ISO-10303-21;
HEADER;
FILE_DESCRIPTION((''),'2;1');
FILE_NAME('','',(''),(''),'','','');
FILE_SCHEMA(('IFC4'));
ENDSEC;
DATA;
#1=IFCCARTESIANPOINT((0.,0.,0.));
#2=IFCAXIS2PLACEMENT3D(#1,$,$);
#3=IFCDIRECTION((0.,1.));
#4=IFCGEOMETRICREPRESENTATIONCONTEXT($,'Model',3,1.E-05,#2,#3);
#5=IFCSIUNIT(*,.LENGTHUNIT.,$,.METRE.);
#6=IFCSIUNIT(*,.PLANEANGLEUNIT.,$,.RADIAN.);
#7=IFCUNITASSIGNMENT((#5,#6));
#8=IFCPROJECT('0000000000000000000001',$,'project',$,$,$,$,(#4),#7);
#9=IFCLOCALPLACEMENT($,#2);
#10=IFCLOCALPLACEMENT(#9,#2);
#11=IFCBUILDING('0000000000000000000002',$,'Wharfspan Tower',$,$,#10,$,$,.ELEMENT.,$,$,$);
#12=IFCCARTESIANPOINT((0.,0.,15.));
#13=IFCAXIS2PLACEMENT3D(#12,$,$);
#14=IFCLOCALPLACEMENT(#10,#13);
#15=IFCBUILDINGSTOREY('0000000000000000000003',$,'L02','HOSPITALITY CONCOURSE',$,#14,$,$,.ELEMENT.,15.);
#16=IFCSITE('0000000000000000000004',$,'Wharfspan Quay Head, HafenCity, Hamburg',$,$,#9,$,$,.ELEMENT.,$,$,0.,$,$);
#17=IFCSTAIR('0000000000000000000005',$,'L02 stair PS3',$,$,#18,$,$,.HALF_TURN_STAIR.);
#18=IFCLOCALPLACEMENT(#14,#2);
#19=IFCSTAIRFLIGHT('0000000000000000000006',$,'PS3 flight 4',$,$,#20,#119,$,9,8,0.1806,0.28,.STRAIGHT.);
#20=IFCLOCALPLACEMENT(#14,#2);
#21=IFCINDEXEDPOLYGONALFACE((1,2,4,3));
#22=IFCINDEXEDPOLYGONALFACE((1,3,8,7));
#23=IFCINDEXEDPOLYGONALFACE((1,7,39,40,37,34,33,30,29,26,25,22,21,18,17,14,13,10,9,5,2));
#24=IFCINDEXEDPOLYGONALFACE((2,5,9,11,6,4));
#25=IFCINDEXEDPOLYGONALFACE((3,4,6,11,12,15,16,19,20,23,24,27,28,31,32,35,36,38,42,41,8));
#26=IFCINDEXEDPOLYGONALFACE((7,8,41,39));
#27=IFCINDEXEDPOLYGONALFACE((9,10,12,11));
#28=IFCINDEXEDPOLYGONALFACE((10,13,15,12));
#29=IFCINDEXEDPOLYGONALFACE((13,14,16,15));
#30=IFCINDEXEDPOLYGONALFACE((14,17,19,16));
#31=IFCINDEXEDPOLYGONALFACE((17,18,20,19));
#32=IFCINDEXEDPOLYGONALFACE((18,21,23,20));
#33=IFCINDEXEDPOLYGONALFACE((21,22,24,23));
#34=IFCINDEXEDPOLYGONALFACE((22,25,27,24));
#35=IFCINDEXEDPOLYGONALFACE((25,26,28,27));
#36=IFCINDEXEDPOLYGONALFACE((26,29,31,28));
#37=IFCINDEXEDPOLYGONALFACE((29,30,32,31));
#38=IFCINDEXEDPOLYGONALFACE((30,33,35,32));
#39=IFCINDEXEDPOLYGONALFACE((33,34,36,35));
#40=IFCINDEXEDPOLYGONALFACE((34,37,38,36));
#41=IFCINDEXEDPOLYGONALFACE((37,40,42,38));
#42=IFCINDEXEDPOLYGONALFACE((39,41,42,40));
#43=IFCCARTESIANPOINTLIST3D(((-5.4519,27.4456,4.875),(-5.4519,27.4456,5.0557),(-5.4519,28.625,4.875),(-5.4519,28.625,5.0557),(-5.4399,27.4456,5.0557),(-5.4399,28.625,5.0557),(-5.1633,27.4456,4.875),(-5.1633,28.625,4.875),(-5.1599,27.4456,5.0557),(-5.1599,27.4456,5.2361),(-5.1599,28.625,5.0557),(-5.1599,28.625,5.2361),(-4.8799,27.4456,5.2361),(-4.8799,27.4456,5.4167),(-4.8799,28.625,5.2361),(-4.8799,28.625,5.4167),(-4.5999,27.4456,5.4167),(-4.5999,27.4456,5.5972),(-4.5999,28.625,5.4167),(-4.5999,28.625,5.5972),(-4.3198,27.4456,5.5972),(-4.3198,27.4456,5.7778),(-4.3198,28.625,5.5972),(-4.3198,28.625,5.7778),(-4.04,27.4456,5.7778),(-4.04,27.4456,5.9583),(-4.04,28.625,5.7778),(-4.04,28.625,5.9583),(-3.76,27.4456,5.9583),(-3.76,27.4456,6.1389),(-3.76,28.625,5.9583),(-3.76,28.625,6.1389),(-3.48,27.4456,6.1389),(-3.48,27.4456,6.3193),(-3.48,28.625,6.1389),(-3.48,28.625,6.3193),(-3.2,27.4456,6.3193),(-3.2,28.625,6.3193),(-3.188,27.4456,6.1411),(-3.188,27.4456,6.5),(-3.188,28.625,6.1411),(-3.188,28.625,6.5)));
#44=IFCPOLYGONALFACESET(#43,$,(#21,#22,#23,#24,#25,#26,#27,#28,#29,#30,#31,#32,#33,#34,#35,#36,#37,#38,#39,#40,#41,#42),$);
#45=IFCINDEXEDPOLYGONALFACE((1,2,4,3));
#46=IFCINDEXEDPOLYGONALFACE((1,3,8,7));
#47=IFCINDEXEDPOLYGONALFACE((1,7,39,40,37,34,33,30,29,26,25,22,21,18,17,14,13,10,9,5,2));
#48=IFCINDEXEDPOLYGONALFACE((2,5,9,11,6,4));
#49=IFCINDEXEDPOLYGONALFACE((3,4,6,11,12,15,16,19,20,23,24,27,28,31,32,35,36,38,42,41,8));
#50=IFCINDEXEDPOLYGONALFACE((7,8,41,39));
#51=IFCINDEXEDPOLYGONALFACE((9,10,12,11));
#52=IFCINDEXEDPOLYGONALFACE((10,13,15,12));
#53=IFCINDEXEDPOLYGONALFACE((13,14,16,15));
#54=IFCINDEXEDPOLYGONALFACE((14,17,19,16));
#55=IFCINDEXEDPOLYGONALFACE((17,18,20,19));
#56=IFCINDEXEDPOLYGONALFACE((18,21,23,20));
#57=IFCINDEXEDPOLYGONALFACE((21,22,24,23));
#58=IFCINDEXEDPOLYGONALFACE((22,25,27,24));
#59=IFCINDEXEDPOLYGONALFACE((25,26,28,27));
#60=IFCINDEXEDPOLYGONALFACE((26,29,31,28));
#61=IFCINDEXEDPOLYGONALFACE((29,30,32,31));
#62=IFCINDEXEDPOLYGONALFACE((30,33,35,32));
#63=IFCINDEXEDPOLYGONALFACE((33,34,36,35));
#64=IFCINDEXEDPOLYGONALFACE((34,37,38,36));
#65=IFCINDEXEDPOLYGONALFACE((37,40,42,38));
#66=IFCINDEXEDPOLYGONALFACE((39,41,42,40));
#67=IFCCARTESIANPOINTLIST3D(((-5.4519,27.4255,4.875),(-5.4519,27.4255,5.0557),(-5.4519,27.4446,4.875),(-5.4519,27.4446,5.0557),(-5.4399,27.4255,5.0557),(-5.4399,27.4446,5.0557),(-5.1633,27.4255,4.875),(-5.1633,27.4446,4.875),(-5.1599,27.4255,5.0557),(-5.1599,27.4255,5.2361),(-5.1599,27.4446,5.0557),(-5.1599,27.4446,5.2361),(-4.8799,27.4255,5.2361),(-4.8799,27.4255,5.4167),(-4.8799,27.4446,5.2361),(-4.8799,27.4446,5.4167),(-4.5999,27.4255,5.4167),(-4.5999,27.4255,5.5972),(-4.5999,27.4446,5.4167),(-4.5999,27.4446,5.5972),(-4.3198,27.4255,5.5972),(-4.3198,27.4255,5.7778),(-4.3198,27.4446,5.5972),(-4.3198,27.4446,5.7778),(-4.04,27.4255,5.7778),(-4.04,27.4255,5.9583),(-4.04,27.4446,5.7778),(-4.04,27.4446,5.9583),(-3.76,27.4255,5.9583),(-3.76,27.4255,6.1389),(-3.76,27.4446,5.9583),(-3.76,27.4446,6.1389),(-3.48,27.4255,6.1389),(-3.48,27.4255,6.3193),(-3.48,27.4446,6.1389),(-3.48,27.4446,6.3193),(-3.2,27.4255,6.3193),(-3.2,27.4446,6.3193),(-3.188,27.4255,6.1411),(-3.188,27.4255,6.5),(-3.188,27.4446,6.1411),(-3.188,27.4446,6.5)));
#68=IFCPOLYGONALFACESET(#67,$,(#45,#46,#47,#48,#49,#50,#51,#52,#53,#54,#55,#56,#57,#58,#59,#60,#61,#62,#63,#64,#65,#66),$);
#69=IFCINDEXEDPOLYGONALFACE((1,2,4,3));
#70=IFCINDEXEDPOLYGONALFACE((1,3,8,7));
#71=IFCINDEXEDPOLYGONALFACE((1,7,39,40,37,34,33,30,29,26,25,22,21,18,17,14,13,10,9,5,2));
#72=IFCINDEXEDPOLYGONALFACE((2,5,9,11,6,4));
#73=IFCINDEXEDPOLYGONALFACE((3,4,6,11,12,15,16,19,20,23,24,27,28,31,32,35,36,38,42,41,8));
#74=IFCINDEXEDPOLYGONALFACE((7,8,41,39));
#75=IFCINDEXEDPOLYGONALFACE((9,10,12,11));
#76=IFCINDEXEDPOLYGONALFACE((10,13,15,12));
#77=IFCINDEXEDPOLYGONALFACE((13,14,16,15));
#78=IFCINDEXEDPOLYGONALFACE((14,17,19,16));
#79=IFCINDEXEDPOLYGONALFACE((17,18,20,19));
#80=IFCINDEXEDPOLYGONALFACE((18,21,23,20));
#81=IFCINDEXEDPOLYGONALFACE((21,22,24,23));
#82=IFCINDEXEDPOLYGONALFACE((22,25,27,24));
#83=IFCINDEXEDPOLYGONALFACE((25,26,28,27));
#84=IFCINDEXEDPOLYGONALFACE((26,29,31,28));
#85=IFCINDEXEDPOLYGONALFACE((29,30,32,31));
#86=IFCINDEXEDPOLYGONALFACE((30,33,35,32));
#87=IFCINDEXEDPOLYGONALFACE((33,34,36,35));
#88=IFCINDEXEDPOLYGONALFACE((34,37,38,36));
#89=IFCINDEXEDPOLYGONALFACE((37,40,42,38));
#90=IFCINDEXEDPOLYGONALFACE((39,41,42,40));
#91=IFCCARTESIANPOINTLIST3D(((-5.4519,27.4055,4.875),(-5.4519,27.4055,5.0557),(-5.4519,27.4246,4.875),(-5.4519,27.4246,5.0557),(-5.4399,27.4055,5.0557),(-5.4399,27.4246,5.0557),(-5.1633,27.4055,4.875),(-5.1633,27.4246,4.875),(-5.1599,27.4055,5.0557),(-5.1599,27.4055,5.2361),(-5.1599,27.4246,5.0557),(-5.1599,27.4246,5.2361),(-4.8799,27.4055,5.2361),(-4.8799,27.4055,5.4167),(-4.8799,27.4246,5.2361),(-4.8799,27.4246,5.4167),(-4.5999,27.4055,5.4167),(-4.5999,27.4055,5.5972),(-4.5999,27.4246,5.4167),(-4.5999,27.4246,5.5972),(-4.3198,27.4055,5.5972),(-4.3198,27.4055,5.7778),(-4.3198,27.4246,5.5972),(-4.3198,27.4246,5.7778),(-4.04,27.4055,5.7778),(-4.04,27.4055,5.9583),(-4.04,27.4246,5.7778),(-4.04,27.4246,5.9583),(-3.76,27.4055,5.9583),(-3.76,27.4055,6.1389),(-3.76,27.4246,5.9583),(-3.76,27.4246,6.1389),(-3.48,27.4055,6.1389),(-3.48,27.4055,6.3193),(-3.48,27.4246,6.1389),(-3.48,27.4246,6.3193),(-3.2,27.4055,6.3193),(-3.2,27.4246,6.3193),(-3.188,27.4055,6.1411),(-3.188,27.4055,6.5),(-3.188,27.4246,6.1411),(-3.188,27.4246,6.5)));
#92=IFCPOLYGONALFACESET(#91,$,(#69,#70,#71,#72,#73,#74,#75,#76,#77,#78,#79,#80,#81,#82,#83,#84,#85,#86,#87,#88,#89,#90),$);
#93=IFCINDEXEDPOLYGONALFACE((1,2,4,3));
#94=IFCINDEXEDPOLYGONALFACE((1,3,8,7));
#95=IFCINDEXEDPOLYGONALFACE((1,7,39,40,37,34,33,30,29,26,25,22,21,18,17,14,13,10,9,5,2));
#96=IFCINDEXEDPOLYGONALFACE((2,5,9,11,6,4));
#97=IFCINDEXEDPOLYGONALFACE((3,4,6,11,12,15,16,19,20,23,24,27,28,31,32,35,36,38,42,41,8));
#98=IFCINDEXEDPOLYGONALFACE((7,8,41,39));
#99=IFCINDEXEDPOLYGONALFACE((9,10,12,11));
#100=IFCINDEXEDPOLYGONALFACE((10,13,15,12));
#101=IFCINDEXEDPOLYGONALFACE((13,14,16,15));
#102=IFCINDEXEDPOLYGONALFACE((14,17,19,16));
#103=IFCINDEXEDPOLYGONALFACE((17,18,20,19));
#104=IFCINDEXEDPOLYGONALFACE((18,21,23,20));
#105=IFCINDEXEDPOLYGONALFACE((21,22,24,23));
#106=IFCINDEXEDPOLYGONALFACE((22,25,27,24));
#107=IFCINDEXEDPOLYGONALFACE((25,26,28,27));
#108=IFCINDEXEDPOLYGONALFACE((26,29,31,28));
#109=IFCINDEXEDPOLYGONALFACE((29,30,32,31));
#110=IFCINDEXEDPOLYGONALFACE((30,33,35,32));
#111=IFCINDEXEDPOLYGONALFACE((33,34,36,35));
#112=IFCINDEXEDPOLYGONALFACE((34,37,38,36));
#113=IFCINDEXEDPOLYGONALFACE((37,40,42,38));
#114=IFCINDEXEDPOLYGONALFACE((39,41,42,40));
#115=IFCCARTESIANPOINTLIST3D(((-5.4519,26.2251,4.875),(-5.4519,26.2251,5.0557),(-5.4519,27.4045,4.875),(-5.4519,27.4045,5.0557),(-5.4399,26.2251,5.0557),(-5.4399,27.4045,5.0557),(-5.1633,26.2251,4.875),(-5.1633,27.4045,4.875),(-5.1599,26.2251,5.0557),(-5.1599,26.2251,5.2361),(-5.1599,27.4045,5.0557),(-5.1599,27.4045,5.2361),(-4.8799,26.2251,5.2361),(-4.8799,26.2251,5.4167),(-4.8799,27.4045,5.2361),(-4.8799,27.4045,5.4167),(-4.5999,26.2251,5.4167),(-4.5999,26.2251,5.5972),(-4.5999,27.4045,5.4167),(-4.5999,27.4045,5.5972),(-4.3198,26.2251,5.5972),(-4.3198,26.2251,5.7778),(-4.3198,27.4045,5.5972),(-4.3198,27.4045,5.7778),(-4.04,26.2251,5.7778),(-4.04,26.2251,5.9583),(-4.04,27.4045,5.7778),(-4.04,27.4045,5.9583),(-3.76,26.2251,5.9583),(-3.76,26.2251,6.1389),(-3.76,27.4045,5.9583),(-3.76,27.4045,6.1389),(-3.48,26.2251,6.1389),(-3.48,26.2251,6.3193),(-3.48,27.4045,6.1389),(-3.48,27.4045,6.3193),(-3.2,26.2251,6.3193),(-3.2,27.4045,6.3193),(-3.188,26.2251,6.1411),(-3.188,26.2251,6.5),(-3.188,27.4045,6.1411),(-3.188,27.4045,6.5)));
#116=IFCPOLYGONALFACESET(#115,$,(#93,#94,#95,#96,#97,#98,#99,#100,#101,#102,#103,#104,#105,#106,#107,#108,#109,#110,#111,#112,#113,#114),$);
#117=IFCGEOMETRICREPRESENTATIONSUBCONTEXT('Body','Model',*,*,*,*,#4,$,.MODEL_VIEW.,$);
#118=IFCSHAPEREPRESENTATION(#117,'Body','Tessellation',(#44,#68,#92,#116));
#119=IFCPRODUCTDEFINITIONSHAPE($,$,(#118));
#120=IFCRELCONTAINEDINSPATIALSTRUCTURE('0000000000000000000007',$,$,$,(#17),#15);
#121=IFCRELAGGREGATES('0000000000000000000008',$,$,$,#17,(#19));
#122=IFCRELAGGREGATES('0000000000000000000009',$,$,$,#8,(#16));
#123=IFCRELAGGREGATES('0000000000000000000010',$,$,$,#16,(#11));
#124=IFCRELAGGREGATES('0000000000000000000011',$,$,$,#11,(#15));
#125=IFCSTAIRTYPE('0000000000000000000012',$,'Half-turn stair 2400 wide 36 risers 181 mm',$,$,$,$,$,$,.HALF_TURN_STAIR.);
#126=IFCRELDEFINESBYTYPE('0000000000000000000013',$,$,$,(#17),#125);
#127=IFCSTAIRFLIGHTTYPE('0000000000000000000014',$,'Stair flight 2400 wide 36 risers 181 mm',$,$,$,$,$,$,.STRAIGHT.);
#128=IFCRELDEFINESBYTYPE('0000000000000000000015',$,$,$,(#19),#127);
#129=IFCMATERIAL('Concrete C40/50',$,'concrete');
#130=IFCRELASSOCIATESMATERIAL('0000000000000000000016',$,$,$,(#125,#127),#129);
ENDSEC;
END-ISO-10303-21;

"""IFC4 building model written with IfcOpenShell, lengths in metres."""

from ifc_helpers import new_model, si_unit, direction, frame, origin, place, context, subcontext, project, spatial, polyline, outline, extrude, material, type_object, element, aggregate, save


model = new_model("IFC4")

# Units and contexts
model_context = context("Model", 3, precision=1e-05, world=origin(), true_north=direction((0.0, 1.0)))
body_context = subcontext(model_context, "Body", "Model", "MODEL_VIEW")
ifc_project = project(units=[si_unit("LENGTHUNIT", "METRE"), si_unit("PLANEANGLEUNIT", "RADIAN")], contexts=[model_context])

# Site, building, storey
site_placement = place(None, origin())
site = spatial("IfcSite", under=ifc_project, at=site_placement, Name="Wharfspan Quay Head, HafenCity, Hamburg", CompositionType="ELEMENT", RefElevation=0.0)
building_placement = place(site_placement, origin())
building = spatial("IfcBuilding", under=site, at=building_placement, Name="Wharfspan Tower", CompositionType="ELEMENT")
storey_placement = place(building_placement, frame((0.0, 0.0, 15.0)))
storey = spatial("IfcBuildingStorey", under=building, at=storey_placement, Name="L02", Description="HOSPITALITY CONCOURSE", CompositionType="ELEMENT", Elevation=15.0)

# Stair, stair flight
ifc_material_1 = material(Name="Concrete C40/50", Category="concrete")
stair_type = type_object("IfcStairType", Name="Half-turn stair 2400 wide 36 risers 181 mm", PredefinedType="HALF_TURN_STAIR", material=ifc_material_1)
stair_flight_type = type_object("IfcStairFlightType", Name="Stair flight 2400 wide 36 risers 181 mm", PredefinedType="STRAIGHT", material=ifc_material_1)
stair_1_placement = place(storey_placement, origin())
stair_1 = element("IfcStair", 1, at=stair_1_placement, inside=storey, type_object=stair_type, Name="L02 stair PS3", PredefinedType="HALF_TURN_STAIR")
stair_flight_1_placement = place(storey_placement, frame((-5.4399, 27.425, 4.875), z_axis=(0.0, 0.0, 1.0), x_axis=(1.0, 0.0, 0.0)))
stair_flight_1 = element("IfcStairFlight", 2, at=stair_flight_1_placement, type_object=stair_flight_type, Name="PS3 flight 4", NumberOfRisers=9, NumberOfTreads=8, PredefinedType="STRAIGHT", RiserHeight=0.1806, TreadLength=0.28, context=body_context, shape_type="SweptSolid", body=[
    extrude(outline(polyline([(-0.012, 0.0), (-0.012, 0.1807), (0.0, 0.1807), (0.28, 0.1807), (0.28, 0.3611), (0.5601, 0.3611), (0.5601, 0.5417), (0.8401, 0.5417), (0.8401, 0.7222), (1.1201, 0.7222), (1.1201, 0.9028), (1.3999, 0.9028), (1.3999, 1.0833), (1.6799, 1.0833), (1.6799, 1.2639), (1.96, 1.2639), (1.96, 1.4443), (2.24, 1.4443), (2.252, 1.625), (2.252, 1.2661), (0.2766, 0.0), (-0.012, 0.0)])), frame((0.0, 1.2, 0.0), z_axis=(0.0, -1.0, 0.0), x_axis=(1.0, 0.0, 0.0)), (0.0, 0.0, 1.0), 1.1794),
    extrude(outline(polyline([(-0.012, 0.0), (-0.012, 0.1807), (0.0, 0.1807), (0.28, 0.1807), (0.28, 0.3611), (0.5601, 0.3611), (0.5601, 0.5417), (0.8401, 0.5417), (0.8401, 0.7222), (1.1201, 0.7222), (1.1201, 0.9028), (1.3999, 0.9028), (1.3999, 1.0833), (1.6799, 1.0833), (1.6799, 1.2639), (1.96, 1.2639), (1.96, 1.4443), (2.24, 1.4443), (2.252, 1.625), (2.252, 1.2661), (0.2766, 0.0), (-0.012, 0.0)])), frame((0.0, 0.0195, 0.0), z_axis=(0.0, -1.0, 0.0), x_axis=(1.0, 0.0, 0.0)), (0.0, 0.0, 1.0), 0.019),
    extrude(outline(polyline([(-0.012, 0.0), (-0.012, 0.1807), (0.0, 0.1807), (0.28, 0.1807), (0.28, 0.3611), (0.5601, 0.3611), (0.5601, 0.5417), (0.8401, 0.5417), (0.8401, 0.7222), (1.1201, 0.7222), (1.1201, 0.9028), (1.3999, 0.9028), (1.3999, 1.0833), (1.6799, 1.0833), (1.6799, 1.2639), (1.96, 1.2639), (1.96, 1.4443), (2.24, 1.4443), (2.252, 1.625), (2.252, 1.2661), (0.2766, 0.0), (-0.012, 0.0)])), frame((0.0, -0.0005, 0.0), z_axis=(0.0, -1.0, 0.0), x_axis=(1.0, 0.0, 0.0)), (0.0, 0.0, 1.0), 0.019),
    extrude(outline(polyline([(-0.012, 0.0), (-0.012, 0.1807), (0.0, 0.1807), (0.28, 0.1807), (0.28, 0.3611), (0.5601, 0.3611), (0.5601, 0.5417), (0.8401, 0.5417), (0.8401, 0.7222), (1.1201, 0.7222), (1.1201, 0.9028), (1.3999, 0.9028), (1.3999, 1.0833), (1.6799, 1.0833), (1.6799, 1.2639), (1.96, 1.2639), (1.96, 1.4443), (2.24, 1.4443), (2.252, 1.625), (2.252, 1.2661), (0.2766, 0.0), (-0.012, 0.0)])), frame((0.0, -0.0205, 0.0), z_axis=(0.0, -1.0, 0.0), x_axis=(1.0, 0.0, 0.0)), (0.0, 0.0, 1.0), 1.1794),
])
aggregate(stair_1, [stair_flight_1])

save(model, "model.ifc")
